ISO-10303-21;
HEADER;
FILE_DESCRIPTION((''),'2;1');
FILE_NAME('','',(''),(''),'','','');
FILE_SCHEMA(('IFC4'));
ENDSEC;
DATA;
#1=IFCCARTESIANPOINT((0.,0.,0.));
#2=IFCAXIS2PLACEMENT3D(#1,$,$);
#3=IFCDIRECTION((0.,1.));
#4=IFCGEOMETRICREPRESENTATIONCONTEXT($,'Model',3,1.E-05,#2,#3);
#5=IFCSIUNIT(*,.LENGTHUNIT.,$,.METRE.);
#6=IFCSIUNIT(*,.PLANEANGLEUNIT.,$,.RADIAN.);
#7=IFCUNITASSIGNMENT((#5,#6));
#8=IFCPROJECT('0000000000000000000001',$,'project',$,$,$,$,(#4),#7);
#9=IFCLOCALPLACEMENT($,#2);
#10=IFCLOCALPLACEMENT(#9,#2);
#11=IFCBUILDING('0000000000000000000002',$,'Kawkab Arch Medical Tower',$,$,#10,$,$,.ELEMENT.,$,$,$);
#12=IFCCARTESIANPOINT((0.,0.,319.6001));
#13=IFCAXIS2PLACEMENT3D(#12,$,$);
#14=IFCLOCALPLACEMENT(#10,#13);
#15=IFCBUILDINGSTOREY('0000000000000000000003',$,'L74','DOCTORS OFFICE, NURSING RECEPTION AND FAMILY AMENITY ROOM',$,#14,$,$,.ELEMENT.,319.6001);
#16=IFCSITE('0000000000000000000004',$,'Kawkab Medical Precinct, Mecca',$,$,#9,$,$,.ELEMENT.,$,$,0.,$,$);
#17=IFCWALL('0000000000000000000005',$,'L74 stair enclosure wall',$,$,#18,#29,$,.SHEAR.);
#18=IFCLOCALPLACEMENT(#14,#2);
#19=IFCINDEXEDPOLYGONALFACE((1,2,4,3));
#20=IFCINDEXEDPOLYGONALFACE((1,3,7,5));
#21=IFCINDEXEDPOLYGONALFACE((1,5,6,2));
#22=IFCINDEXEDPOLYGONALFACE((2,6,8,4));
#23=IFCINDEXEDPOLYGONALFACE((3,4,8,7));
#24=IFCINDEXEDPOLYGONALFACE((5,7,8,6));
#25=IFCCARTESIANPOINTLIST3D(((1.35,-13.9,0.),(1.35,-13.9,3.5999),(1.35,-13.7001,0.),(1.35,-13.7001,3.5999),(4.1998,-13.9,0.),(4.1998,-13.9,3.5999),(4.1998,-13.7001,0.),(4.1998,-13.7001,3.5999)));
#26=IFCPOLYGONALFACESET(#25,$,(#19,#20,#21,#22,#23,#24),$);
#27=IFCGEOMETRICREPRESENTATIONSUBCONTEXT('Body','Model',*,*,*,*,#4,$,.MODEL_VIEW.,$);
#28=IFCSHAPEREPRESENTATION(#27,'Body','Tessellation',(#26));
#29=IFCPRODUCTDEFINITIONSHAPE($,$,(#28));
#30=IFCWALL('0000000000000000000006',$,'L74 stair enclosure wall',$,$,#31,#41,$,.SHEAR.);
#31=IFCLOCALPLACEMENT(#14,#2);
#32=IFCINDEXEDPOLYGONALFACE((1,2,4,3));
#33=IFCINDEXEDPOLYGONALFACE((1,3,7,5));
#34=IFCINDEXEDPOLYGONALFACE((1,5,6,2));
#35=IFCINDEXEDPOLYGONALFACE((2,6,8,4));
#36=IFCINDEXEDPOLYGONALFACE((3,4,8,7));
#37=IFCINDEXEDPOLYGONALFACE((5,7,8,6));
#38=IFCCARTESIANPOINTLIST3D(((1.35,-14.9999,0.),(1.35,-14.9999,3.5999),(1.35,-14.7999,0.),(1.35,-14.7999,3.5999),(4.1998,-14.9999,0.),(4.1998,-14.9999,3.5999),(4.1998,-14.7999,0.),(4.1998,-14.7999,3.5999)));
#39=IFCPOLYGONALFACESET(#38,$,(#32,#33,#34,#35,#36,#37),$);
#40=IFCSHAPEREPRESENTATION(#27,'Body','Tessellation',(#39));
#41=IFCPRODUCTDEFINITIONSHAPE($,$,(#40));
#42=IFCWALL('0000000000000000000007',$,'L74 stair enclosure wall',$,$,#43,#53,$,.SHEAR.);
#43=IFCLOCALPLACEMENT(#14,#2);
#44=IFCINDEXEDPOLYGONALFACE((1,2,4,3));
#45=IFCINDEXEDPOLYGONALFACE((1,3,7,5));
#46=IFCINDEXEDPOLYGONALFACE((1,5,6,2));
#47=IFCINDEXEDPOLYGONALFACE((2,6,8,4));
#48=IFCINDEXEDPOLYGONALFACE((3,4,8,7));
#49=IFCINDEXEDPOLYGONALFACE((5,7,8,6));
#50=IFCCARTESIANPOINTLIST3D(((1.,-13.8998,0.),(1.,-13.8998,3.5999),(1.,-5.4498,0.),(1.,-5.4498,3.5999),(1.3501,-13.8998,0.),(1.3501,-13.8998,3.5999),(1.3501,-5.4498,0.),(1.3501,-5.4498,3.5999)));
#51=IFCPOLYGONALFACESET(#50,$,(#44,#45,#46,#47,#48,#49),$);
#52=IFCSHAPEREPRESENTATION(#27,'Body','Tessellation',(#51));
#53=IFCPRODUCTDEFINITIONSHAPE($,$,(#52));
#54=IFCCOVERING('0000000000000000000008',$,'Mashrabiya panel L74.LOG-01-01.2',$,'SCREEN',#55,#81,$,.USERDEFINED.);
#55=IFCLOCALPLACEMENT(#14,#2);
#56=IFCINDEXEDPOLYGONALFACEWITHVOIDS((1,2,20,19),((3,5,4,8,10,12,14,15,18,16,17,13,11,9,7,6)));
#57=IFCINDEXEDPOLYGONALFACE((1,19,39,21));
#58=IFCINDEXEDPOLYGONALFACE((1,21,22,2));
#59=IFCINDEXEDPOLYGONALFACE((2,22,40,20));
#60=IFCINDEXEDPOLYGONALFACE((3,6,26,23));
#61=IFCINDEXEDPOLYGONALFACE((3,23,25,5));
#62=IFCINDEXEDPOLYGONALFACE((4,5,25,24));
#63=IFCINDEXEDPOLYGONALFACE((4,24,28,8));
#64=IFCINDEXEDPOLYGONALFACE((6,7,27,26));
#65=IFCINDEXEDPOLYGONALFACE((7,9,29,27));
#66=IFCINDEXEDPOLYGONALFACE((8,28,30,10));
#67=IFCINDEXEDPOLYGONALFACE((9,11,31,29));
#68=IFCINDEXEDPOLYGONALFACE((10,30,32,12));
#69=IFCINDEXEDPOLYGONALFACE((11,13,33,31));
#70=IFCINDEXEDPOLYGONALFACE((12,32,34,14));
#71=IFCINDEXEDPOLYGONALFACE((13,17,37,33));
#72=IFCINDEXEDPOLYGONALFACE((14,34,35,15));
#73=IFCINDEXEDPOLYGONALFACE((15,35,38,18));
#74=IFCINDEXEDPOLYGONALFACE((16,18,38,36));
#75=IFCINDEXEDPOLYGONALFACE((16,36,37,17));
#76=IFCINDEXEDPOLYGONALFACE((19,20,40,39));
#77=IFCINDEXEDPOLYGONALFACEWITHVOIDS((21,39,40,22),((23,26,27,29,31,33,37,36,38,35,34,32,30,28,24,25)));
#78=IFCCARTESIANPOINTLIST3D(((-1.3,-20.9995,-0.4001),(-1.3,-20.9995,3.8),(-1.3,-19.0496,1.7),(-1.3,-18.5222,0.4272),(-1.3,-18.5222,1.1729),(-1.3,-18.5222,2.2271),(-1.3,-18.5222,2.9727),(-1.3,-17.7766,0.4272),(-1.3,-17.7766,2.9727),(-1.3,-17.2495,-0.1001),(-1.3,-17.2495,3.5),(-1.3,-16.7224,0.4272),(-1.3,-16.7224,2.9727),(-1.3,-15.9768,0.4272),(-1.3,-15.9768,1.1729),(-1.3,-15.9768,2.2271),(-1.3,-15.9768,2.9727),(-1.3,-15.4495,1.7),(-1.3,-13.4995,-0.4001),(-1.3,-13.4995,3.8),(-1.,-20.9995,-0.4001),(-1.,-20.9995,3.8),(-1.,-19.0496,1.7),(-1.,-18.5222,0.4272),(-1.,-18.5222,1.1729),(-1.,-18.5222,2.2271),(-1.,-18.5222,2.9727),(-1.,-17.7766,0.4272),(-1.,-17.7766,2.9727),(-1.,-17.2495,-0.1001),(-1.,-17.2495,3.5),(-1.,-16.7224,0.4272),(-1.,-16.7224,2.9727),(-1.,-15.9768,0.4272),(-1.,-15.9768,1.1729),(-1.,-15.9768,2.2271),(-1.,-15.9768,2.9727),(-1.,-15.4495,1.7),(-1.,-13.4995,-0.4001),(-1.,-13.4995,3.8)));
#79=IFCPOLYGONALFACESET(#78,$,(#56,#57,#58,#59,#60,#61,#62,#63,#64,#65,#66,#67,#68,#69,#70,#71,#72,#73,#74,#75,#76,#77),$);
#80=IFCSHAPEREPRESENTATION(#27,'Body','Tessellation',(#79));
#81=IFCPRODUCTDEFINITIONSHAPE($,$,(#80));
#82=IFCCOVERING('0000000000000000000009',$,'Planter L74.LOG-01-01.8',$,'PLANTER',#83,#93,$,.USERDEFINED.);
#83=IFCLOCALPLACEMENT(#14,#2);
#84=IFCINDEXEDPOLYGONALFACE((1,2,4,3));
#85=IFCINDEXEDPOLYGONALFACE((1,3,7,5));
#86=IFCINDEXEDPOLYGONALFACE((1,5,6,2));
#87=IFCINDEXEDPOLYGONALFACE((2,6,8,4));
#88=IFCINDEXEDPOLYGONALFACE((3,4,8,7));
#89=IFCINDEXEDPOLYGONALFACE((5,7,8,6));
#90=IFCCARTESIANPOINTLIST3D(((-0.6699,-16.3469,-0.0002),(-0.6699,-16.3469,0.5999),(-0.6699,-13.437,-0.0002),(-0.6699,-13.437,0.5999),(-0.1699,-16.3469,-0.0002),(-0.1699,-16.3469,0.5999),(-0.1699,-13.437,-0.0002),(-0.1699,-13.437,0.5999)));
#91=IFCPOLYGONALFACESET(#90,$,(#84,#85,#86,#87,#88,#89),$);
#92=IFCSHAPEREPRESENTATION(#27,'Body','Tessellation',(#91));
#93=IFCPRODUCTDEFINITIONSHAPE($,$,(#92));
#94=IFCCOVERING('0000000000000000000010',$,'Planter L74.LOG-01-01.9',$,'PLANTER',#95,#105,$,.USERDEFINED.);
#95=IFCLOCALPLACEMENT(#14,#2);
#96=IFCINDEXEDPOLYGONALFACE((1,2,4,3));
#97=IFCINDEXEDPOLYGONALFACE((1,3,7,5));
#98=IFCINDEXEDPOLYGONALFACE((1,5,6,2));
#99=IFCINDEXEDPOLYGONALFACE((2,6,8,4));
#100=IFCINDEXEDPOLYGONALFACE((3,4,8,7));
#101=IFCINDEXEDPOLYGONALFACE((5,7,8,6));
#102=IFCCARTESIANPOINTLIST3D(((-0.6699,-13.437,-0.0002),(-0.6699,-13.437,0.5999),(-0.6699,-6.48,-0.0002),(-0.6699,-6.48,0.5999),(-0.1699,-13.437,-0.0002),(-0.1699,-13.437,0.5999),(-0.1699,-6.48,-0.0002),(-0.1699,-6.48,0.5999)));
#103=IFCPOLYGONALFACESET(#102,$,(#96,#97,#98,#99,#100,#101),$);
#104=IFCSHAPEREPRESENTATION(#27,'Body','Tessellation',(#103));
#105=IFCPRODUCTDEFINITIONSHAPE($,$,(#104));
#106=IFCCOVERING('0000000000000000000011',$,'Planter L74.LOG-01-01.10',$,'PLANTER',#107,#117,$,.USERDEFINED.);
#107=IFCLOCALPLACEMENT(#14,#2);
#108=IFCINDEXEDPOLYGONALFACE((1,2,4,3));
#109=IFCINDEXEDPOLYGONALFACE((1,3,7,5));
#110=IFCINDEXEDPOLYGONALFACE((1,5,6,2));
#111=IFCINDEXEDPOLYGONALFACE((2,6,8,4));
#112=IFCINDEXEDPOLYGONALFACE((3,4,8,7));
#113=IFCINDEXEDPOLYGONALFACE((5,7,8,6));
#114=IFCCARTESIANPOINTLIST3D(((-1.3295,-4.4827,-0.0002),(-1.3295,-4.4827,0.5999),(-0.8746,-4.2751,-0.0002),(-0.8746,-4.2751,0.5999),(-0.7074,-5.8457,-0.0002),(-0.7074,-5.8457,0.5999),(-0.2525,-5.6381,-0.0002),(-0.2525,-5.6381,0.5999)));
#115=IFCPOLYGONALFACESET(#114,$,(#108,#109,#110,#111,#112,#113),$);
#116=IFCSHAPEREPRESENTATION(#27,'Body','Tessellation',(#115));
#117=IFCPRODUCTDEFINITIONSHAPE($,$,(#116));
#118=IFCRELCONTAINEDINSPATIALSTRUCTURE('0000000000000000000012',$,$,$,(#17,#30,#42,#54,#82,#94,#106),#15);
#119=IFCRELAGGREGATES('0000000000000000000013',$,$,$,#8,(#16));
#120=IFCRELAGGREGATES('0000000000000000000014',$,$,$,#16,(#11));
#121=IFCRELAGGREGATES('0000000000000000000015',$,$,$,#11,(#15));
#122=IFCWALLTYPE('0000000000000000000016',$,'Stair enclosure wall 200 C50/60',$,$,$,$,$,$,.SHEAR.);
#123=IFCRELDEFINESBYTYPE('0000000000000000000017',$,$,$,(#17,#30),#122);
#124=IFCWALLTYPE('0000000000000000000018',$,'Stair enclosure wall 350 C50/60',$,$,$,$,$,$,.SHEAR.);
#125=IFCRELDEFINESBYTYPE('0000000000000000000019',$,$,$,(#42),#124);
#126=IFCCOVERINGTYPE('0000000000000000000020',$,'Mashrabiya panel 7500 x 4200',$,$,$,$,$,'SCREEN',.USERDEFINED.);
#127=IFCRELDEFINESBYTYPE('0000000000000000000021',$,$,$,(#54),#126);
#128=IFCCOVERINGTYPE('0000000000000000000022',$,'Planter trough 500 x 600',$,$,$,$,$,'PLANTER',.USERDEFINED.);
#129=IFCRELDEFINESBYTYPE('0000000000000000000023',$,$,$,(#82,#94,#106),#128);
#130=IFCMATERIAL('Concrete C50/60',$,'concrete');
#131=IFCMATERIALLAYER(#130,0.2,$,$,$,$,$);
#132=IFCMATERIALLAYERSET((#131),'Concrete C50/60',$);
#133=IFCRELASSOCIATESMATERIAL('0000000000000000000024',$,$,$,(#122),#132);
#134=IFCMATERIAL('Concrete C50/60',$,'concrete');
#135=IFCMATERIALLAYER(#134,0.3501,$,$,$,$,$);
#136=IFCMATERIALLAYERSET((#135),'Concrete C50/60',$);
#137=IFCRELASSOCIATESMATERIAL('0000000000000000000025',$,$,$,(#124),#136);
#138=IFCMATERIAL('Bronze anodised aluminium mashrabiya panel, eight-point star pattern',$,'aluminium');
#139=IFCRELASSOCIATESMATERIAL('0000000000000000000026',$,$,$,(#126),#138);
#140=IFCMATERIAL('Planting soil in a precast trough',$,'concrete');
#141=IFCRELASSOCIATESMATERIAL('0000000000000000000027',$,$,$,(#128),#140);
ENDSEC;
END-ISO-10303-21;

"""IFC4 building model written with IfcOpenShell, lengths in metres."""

from ifc_helpers import new_model, si_unit, direction, frame, frame_2d, origin, origin_2d, place, context, subcontext, project, spatial, polyline, rectangle, outline, extrude, material, layer, layer_set, material_profile, profile_set, type_object, element, save


model = new_model("IFC4")

# Units and contexts
model_context = context("Model", 3, precision=1e-05, world=origin(), true_north=direction((0.0, 1.0)))
body_context = subcontext(model_context, "Body", "Model", "MODEL_VIEW")
ifc_project = project(units=[si_unit("LENGTHUNIT", "METRE"), si_unit("PLANEANGLEUNIT", "RADIAN")], contexts=[model_context])

# Site, building, storey
site_placement = place(None, origin())
site = spatial("IfcSite", under=ifc_project, at=site_placement, Name="Kawkab Medical Precinct, Mecca", CompositionType="ELEMENT", RefElevation=0.0)
building_placement = place(site_placement, origin())
building = spatial("IfcBuilding", under=site, at=building_placement, Name="Kawkab Arch Medical Tower", CompositionType="ELEMENT")
storey_placement = place(building_placement, frame((0.0, 0.0, 319.6001)))
storey = spatial("IfcBuildingStorey", under=building, at=storey_placement, Name="L74", Description="DOCTORS OFFICE, NURSING RECEPTION AND FAMILY AMENITY ROOM", CompositionType="ELEMENT", Elevation=319.6001)

# Walls
ifc_material_1 = material(Name="Concrete C50/60", Category="concrete")
ifc_layer_1 = layer(ifc_material_1, 0.2)
ifc_layer_set_1 = layer_set([ifc_layer_1], Name="Concrete C50/60")
wall_type_1 = type_object("IfcWallType", Name="Stair enclosure wall 200 C50/60", PredefinedType="SHEAR", material=ifc_layer_set_1)
for number, where, z_axis, x_axis, name in (
    (1, (1.3501, -13.8, 0.0), (0.0, 0.0, 1.0), (1.0, 0.0, 0.0), "L74 stair enclosure wall"),
    (2, (1.3501, -14.8999, 0.0), (0.0, 0.0, 1.0), (1.0, 0.0, 0.0), "L74 stair enclosure wall"),
):
    element("IfcWall", number, at=place(storey_placement, frame(where, z_axis=z_axis, x_axis=x_axis)), inside=storey, type_object=wall_type_1, Name=name, PredefinedType="SHEAR", context=body_context, shape_type="SweptSolid", body=[
        extrude(rectangle(XDim=2.8499, YDim=0.2, at=frame_2d((1.4248, 0.0))), origin(), (0.0, 0.0, 1.0), 3.5999),
    ])
ifc_material_2 = material(Name="Concrete C50/60", Category="concrete")
ifc_layer_2 = layer(ifc_material_2, 0.3501)
ifc_layer_set_2 = layer_set([ifc_layer_2], Name="Concrete C50/60")
wall_type_2 = type_object("IfcWallType", Name="Stair enclosure wall 350 C50/60", PredefinedType="SHEAR", material=ifc_layer_set_2)
wall_1_placement = place(storey_placement, frame((1.175, -13.8999, 0.0), z_axis=(0.0, 0.0, 1.0), x_axis=(0.0, 1.0, 0.0)))
element("IfcWall", 3, at=wall_1_placement, inside=storey, type_object=wall_type_2, Name="L74 stair enclosure wall", PredefinedType="SHEAR", context=body_context, shape_type="SweptSolid", body=[
    extrude(rectangle(XDim=8.45, YDim=0.3501, at=frame_2d((4.2251, 0.0))), origin(), (0.0, 0.0, 1.0), 3.5999),
])

# Coverings
ifc_material_3 = material(Name="Bronze anodised aluminium mashrabiya panel, eight-point star pattern", Category="aluminium")
ifc_material_profile_1 = material_profile(ifc_material_3, outline(polyline([(-3.75, -2.1001), (3.75, -2.1001), (3.75, 2.1001), (-3.75, 2.1001), (-3.75, -2.1001)]), holes=[polyline([(1.8, 0.0), (1.2727, 0.5271), (1.2727, 1.2727), (0.5271, 1.2727), (0.0, 1.8), (-0.5271, 1.2727), (-1.2727, 1.2727), (-1.2727, 0.5271), (-1.8, 0.0), (-1.2727, -0.5271), (-1.2727, -1.2727), (-0.5271, -1.2727), (0.0, -1.8), (0.5271, -1.2727), (1.2727, -1.2727), (1.2727, -0.5271), (1.8, 0.0)])]), Name="Mashrabiya panel 7500x4200")
ifc_profile_set_1 = profile_set([ifc_material_profile_1], Name="Bronze anodised aluminium mashrabiya panel, eight-point star pattern")
covering_type_1 = type_object("IfcCoveringType", Name="Mashrabiya panel 7500 x 4200", ElementType="SCREEN", PredefinedType="USERDEFINED", material=ifc_profile_set_1)
covering_1_placement = place(storey_placement, frame((-1.0, -17.2495, 1.7), z_axis=(-1.0, 0.0, 0.0), x_axis=(0.0, -1.0, 0.0)))
element("IfcCovering", 4, at=covering_1_placement, inside=storey, type_object=covering_type_1, Name="Mashrabiya panel L74.LOG-01-01.2", ObjectType="SCREEN", PredefinedType="USERDEFINED", context=body_context, shape_type="SweptSolid", body=[
    extrude(outline(polyline([(-3.75, -2.1001), (3.75, -2.1001), (3.75, 2.1001), (-3.75, 2.1001), (-3.75, -2.1001)]), holes=[polyline([(1.8, 0.0), (1.2727, 0.5271), (1.2727, 1.2727), (0.5271, 1.2727), (0.0, 1.8), (-0.5271, 1.2727), (-1.2727, 1.2727), (-1.2727, 0.5271), (-1.8, 0.0), (-1.2727, -0.5271), (-1.2727, -1.2727), (-0.5271, -1.2727), (0.0, -1.8), (0.5271, -1.2727), (1.2727, -1.2727), (1.2727, -0.5271), (1.8, 0.0)])]), origin(), (0.0, 0.0, 1.0), 0.3),
])
ifc_material_4 = material(Name="Planting soil in a precast trough", Category="concrete")
ifc_material_profile_2 = material_profile(ifc_material_4, rectangle(XDim=0.5, YDim=0.6001, at=origin_2d()), Name="Trough 500x600")
ifc_profile_set_2 = profile_set([ifc_material_profile_2], Name="Planting soil in a precast trough")
covering_type_2 = type_object("IfcCoveringType", Name="Planter trough 500 x 600", ElementType="PLANTER", PredefinedType="USERDEFINED", material=ifc_profile_set_2)
covering_2_placement = place(storey_placement, frame((-0.4199, -16.3469, 0.2998), z_axis=(0.0, 1.0, 0.0), x_axis=(-1.0, 0.0, 0.0)))
element("IfcCovering", 5, at=covering_2_placement, inside=storey, type_object=covering_type_2, Name="Planter L74.LOG-01-01.8", ObjectType="PLANTER", PredefinedType="USERDEFINED", context=body_context, shape_type="SweptSolid", body=[
    extrude(rectangle(XDim=0.5, YDim=0.6001, at=origin_2d()), origin(), (0.0, 0.0, 1.0), 2.9099),
])
covering_3_placement = place(storey_placement, frame((-0.4199, -13.437, 0.2998), z_axis=(0.0, 1.0, 0.0), x_axis=(-1.0, 0.0, 0.0)))
element("IfcCovering", 6, at=covering_3_placement, inside=storey, type_object=covering_type_2, Name="Planter L74.LOG-01-01.9", ObjectType="PLANTER", PredefinedType="USERDEFINED", context=body_context, shape_type="SweptSolid", body=[
    extrude(rectangle(XDim=0.5, YDim=0.6001, at=origin_2d()), origin(), (0.0, 0.0, 1.0), 6.957),
])
covering_4_placement = place(storey_placement, frame((-0.48, -5.7419, 0.2998), z_axis=(-0.41519, 0.909735, 0.0), x_axis=(-0.909735, -0.41519, 0.0)))
element("IfcCovering", 7, at=covering_4_placement, inside=storey, type_object=covering_type_2, Name="Planter L74.LOG-01-01.10", ObjectType="PLANTER", PredefinedType="USERDEFINED", context=body_context, shape_type="SweptSolid", body=[
    extrude(rectangle(XDim=0.5, YDim=0.6001, at=origin_2d()), origin(), (0.0, 0.0, 1.0), 1.4983),
])

save(model, "model.ifc")
